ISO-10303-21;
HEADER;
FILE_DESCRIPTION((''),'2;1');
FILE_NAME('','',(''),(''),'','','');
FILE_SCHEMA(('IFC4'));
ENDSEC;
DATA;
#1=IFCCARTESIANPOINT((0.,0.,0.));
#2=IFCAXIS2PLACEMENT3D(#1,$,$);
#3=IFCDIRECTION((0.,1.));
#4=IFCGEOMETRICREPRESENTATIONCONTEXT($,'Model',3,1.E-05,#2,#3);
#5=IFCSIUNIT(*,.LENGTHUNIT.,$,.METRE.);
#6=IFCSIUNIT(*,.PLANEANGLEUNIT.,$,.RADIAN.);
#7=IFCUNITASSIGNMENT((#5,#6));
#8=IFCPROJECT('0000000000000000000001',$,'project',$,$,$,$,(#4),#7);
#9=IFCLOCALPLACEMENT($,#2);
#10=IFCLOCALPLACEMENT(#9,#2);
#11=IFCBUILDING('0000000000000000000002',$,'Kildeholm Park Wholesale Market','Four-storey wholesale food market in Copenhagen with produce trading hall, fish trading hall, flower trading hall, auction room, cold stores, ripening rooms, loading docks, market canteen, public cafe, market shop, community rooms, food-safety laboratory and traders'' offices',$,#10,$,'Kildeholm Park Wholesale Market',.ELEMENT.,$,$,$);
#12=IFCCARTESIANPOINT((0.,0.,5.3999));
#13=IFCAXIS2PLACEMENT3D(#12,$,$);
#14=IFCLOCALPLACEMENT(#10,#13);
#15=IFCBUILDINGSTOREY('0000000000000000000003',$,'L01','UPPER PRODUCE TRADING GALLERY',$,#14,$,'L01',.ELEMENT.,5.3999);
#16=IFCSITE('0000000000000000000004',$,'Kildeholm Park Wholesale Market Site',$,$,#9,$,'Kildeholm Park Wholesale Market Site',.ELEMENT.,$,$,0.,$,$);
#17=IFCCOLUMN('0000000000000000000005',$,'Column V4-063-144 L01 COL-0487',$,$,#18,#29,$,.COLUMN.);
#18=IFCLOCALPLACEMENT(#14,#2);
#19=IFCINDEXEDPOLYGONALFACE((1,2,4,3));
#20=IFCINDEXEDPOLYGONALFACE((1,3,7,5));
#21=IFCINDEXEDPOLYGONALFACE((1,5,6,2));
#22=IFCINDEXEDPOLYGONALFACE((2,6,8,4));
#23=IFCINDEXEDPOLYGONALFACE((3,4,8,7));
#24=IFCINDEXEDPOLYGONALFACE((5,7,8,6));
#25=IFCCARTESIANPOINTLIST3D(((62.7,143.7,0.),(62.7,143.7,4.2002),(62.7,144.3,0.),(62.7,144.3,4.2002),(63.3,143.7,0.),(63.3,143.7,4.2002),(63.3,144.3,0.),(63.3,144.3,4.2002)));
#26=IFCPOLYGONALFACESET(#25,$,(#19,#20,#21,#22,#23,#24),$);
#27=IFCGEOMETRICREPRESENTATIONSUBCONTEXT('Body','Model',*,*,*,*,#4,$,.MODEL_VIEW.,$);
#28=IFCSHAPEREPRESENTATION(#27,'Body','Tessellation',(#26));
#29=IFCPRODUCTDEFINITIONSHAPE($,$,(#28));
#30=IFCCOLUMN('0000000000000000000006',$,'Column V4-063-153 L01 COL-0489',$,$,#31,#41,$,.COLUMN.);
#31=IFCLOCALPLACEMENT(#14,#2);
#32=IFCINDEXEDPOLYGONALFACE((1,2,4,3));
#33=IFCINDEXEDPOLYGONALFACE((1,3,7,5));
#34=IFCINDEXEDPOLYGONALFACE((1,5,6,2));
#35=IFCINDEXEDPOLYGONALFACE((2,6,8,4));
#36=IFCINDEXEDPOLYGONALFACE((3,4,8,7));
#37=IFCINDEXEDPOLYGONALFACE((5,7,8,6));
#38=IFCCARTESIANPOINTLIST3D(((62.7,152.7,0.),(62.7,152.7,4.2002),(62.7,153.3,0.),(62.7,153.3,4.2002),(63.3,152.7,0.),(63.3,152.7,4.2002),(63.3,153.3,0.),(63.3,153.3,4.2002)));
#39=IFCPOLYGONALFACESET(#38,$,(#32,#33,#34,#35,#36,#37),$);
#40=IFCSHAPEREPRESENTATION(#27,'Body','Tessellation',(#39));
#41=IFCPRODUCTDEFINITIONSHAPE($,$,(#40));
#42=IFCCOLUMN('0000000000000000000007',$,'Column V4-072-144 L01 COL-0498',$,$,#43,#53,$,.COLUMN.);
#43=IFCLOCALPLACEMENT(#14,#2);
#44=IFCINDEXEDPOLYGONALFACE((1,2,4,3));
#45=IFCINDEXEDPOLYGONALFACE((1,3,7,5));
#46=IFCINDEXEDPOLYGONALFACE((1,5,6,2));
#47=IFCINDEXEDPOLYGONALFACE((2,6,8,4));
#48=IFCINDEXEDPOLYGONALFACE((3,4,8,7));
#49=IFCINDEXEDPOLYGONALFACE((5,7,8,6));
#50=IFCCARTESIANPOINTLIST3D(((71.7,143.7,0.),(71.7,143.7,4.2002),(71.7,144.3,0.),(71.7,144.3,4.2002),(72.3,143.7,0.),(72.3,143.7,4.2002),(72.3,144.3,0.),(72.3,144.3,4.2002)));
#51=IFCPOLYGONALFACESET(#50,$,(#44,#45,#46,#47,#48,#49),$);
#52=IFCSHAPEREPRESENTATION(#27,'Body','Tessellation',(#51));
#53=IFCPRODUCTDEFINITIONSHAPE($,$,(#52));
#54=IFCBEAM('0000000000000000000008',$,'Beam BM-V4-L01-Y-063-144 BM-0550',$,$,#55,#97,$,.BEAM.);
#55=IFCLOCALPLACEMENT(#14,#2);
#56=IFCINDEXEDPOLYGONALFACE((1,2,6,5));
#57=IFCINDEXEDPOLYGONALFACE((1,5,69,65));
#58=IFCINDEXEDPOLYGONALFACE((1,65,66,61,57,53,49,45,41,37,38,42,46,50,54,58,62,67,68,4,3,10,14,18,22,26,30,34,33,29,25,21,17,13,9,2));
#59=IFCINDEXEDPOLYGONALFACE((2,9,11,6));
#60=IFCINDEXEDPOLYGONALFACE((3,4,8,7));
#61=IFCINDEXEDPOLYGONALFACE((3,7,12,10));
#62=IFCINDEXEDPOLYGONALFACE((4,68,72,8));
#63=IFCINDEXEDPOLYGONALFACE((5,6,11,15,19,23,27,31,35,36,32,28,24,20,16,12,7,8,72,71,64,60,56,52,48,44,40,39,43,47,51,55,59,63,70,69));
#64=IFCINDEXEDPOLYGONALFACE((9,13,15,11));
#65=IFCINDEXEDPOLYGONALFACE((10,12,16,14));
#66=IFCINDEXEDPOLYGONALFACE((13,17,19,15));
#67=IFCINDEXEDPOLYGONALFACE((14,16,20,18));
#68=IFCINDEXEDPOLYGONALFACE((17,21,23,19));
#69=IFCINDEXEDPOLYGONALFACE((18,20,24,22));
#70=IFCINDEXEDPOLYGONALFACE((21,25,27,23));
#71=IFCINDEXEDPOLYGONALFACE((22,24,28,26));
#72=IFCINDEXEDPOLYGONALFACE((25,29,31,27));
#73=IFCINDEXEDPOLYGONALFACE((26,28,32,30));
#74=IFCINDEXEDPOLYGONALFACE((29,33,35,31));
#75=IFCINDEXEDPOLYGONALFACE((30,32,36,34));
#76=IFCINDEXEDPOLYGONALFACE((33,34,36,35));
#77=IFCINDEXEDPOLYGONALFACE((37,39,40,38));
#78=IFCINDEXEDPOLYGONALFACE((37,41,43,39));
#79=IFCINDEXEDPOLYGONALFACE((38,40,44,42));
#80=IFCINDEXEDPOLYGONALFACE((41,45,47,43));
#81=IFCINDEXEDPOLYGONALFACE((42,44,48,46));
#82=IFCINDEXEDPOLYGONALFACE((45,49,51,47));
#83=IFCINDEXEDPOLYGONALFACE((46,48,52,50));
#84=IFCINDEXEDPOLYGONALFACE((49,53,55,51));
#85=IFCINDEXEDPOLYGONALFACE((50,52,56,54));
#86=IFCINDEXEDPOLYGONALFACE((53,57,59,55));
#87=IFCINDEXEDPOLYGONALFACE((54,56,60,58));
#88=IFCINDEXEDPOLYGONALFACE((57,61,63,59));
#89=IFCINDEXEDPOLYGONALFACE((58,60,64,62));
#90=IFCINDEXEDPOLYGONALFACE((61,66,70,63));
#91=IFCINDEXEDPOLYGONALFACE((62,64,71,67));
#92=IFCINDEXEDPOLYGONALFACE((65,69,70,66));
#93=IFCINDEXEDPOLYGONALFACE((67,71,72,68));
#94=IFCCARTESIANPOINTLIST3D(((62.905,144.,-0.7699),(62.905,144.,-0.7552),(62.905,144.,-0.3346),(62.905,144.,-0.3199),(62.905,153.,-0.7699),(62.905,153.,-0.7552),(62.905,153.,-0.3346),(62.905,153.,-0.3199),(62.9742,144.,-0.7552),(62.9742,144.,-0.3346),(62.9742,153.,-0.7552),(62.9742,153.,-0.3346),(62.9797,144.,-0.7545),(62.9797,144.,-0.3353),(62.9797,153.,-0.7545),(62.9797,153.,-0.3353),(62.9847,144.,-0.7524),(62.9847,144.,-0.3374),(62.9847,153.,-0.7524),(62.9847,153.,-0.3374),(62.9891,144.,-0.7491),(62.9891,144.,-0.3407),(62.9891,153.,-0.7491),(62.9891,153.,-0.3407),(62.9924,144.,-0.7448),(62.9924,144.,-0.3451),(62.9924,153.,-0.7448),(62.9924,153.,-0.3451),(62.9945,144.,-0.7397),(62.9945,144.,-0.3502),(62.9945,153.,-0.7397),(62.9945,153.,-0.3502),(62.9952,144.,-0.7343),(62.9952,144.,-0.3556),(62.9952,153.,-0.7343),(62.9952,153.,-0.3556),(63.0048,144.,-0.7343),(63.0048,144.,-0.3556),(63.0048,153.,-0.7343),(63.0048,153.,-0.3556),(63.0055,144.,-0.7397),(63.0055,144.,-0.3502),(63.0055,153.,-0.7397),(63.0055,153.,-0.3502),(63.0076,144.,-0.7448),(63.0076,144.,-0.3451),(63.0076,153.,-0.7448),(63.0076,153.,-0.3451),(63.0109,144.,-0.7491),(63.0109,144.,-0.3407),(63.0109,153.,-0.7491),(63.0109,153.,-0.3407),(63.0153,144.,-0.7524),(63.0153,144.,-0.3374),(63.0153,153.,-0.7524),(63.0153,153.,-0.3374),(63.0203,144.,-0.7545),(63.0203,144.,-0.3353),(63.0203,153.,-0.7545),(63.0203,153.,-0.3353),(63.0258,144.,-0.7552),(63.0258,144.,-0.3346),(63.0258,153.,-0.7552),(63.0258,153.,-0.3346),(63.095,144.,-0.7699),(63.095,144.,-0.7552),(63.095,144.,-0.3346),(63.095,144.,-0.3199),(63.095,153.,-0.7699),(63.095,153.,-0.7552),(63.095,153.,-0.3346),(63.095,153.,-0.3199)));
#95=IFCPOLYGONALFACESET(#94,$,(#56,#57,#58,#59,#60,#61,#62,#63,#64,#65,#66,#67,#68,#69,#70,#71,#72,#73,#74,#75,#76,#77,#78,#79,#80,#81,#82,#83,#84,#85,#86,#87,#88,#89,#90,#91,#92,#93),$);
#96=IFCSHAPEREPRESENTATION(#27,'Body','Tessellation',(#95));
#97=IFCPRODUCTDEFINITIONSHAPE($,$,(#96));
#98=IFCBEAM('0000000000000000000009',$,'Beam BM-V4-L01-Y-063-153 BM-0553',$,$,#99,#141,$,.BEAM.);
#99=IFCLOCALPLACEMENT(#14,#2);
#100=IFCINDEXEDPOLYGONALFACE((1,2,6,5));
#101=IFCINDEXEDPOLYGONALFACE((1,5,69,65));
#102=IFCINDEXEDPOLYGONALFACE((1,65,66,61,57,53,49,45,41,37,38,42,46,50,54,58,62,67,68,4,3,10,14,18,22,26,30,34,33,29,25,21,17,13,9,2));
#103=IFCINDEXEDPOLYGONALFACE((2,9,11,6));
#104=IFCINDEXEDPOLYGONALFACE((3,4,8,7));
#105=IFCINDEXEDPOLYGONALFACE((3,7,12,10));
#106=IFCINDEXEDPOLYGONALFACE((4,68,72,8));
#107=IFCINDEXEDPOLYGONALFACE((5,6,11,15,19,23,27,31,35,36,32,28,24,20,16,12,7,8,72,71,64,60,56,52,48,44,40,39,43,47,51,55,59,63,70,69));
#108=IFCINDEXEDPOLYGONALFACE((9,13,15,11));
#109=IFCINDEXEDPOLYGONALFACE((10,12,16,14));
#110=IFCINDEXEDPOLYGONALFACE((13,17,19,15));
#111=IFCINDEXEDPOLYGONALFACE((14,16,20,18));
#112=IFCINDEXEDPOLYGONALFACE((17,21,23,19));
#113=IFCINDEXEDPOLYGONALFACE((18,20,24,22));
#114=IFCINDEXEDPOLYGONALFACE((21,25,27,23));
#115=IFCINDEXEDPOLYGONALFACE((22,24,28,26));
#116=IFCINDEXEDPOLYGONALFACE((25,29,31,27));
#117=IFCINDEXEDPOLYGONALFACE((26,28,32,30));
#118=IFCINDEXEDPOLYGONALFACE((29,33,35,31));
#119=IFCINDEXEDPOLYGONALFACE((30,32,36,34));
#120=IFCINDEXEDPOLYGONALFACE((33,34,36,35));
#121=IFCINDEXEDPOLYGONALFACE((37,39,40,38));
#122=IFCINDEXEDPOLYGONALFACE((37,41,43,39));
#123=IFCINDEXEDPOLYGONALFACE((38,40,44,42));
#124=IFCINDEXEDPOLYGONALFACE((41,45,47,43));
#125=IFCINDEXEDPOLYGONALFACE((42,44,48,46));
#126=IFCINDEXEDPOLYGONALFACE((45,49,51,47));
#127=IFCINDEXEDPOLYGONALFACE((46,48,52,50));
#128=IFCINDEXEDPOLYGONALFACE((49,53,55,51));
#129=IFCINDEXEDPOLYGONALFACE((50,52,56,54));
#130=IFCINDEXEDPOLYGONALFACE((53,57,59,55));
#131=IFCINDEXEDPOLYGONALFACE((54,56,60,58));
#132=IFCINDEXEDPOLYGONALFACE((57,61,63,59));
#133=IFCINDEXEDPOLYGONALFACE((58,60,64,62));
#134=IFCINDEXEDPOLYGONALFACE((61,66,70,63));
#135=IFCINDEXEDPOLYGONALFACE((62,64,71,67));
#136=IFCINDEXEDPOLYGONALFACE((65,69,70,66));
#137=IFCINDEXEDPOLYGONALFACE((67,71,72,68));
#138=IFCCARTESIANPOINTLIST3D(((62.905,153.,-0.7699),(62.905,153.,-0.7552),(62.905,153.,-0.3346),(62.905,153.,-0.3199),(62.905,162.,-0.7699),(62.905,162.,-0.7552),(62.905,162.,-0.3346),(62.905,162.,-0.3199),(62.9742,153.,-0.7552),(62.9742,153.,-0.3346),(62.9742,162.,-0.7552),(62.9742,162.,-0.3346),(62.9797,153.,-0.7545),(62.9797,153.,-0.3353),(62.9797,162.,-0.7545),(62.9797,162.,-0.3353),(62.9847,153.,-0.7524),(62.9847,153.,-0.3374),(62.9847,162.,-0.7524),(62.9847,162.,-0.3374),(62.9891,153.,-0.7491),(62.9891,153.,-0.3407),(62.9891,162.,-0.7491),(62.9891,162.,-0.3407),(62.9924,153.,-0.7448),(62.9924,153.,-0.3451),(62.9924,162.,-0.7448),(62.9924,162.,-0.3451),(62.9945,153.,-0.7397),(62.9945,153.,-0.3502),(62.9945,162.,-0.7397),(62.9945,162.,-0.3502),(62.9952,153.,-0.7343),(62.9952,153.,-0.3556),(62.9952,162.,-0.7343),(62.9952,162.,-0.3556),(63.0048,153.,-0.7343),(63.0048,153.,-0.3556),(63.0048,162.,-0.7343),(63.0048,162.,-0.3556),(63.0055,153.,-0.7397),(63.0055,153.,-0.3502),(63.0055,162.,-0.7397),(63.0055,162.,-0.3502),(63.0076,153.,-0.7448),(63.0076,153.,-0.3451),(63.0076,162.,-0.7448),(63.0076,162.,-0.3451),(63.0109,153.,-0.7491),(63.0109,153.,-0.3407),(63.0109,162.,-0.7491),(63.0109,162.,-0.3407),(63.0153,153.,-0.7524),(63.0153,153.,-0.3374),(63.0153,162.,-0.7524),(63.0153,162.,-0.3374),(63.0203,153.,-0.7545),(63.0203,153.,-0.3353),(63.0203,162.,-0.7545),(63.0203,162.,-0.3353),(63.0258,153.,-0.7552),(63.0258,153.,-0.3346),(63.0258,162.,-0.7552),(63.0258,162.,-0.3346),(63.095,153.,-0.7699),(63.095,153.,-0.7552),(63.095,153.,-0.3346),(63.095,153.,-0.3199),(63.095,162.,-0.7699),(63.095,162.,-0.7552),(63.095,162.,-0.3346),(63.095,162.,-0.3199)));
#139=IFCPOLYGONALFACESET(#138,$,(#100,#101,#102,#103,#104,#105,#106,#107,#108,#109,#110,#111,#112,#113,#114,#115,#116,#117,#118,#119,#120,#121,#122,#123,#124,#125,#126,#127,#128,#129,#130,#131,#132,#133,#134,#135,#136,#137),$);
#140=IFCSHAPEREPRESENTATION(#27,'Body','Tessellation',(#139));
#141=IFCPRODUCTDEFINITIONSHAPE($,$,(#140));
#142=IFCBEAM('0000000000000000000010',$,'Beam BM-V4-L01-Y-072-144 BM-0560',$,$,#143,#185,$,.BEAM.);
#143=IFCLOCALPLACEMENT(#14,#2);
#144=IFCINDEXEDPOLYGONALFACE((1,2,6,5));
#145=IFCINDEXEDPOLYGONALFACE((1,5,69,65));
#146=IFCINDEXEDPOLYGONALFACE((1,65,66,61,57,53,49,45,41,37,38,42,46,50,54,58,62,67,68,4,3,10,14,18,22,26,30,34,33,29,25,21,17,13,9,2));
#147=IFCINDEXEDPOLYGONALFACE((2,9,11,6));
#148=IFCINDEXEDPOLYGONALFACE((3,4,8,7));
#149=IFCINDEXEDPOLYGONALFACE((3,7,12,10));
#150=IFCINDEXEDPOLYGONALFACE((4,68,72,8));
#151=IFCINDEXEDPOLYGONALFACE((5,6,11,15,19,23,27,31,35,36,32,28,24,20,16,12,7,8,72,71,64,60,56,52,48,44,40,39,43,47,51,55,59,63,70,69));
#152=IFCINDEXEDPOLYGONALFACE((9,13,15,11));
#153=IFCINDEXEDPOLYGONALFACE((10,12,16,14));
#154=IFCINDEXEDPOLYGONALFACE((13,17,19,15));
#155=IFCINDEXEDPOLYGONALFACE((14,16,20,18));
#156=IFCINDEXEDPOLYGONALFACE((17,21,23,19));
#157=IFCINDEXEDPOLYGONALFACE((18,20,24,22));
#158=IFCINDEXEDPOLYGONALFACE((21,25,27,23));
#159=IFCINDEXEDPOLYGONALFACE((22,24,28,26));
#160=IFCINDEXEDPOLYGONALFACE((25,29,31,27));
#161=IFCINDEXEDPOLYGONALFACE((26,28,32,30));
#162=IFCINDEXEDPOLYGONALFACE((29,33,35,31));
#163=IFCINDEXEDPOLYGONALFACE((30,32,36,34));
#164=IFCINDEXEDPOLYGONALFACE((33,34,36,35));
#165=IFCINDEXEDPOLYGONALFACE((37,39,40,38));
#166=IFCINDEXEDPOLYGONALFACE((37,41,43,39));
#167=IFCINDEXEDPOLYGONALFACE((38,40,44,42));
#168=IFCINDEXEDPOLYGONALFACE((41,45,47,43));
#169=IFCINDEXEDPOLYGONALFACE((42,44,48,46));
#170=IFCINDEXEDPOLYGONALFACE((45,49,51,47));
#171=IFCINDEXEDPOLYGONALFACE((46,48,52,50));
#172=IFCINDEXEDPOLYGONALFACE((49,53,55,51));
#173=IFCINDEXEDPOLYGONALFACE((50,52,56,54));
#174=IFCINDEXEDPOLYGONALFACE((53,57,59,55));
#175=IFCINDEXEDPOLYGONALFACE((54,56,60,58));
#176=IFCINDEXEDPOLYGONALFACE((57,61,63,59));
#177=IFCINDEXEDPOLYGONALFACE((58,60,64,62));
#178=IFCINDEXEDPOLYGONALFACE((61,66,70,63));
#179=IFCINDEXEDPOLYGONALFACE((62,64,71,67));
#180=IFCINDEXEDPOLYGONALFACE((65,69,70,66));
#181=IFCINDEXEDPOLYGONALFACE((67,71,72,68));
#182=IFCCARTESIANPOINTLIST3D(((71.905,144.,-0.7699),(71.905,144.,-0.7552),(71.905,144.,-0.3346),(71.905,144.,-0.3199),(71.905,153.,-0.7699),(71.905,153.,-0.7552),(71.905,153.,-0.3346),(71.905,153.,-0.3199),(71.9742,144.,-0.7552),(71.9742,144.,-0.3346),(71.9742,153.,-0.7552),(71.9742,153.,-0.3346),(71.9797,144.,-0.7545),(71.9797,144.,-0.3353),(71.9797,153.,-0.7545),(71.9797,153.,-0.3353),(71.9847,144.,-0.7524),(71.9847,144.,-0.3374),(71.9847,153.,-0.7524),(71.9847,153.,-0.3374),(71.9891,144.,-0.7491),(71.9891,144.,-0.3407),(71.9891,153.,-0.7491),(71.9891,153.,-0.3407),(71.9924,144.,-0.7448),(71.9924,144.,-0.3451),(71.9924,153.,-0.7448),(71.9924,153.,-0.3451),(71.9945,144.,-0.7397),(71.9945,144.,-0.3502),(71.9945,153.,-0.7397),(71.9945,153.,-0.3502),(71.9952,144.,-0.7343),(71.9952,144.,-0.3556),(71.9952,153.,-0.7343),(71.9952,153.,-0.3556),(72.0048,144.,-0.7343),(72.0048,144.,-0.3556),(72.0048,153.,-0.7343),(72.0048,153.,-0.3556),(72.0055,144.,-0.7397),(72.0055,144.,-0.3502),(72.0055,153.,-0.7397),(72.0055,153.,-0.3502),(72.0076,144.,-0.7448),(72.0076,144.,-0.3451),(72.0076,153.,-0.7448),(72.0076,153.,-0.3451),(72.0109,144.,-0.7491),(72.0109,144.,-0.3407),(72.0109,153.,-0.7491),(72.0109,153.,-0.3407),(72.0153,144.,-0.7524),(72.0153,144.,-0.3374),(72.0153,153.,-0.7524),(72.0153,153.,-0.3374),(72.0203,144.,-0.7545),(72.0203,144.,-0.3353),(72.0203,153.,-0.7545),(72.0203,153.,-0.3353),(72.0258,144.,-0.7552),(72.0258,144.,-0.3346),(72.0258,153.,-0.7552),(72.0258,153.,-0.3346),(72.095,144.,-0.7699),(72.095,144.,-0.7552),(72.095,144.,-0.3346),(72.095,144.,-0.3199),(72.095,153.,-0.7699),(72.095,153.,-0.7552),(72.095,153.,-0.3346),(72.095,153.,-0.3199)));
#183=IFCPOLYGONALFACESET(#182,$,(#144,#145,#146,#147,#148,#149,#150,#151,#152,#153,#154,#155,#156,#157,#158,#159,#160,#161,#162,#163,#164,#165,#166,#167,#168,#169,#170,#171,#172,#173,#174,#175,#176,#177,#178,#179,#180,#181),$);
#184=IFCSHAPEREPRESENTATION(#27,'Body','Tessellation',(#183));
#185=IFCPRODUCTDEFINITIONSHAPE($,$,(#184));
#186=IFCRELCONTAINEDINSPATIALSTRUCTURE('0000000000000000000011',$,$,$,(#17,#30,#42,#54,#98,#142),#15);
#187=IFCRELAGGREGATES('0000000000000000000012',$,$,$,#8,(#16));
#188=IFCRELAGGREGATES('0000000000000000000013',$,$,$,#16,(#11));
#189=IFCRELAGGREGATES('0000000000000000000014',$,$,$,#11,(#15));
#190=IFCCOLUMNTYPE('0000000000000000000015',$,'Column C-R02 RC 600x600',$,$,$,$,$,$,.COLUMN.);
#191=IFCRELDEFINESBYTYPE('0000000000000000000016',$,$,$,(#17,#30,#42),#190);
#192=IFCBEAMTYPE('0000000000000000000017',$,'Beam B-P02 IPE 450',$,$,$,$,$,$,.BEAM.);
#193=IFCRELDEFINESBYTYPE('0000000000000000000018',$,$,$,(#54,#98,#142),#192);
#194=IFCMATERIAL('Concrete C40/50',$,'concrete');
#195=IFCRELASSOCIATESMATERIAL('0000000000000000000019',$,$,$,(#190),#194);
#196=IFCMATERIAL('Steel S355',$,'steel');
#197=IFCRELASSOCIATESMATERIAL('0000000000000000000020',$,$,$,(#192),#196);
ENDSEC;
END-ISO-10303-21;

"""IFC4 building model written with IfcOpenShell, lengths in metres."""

from ifc_helpers import new_model, si_unit, direction, frame, origin, origin_2d, place, context, subcontext, project, spatial, rectangle, i_section, extrude, material, material_profile, profile_set, type_object, element, save


model = new_model("IFC4")

# Units and contexts
model_context = context("Model", 3, precision=1e-05, world=origin(), true_north=direction((0.0, 1.0)))
body_context = subcontext(model_context, "Body", "Model", "MODEL_VIEW")
ifc_project = project(units=[si_unit("LENGTHUNIT", "METRE"), si_unit("PLANEANGLEUNIT", "RADIAN")], contexts=[model_context])

# Site, building, storey
site_placement = place(None, origin())
site = spatial("IfcSite", under=ifc_project, at=site_placement, Name="Kildeholm Park Wholesale Market Site", LongName="Kildeholm Park Wholesale Market Site", CompositionType="ELEMENT", RefElevation=0.0)
building_placement = place(site_placement, origin())
building = spatial("IfcBuilding", under=site, at=building_placement, Name="Kildeholm Park Wholesale Market", Description="Four-storey wholesale food market in Copenhagen with produce trading hall, fish trading hall, flower trading hall, auction room, cold stores, ripening rooms, loading docks, market canteen, public cafe, market shop, community rooms, food-safety laboratory and traders' offices", LongName="Kildeholm Park Wholesale Market", CompositionType="ELEMENT")
storey_placement = place(building_placement, frame((0.0, 0.0, 5.3999)))
storey = spatial("IfcBuildingStorey", under=building, at=storey_placement, Name="L01", Description="UPPER PRODUCE TRADING GALLERY", LongName="L01", CompositionType="ELEMENT", Elevation=5.3999)

# Columns
ifc_material_1 = material(Name="Concrete C40/50", Category="concrete")
ifc_material_profile_1 = material_profile(ifc_material_1, rectangle(XDim=0.6001, YDim=0.6001, at=origin_2d()), Name="RC 600x600")
ifc_profile_set_1 = profile_set([ifc_material_profile_1], Name="Concrete C40/50")
column_type = type_object("IfcColumnType", Name="Column C-R02 RC 600x600", PredefinedType="COLUMN", material=ifc_profile_set_1)
for number, where, z_axis, x_axis, name in (
    (1, (63.0, 144.0, 0.0), (0.0, 0.0, 1.0), (1.0, 0.0, 0.0), "Column V4-063-144 L01 COL-0487"),
    (2, (63.0, 153.0, 0.0), (0.0, 0.0, 1.0), (1.0, 0.0, 0.0), "Column V4-063-153 L01 COL-0489"),
    (3, (72.0, 144.0, 0.0), (0.0, 0.0, 1.0), (1.0, 0.0, 0.0), "Column V4-072-144 L01 COL-0498"),
):
    element("IfcColumn", number, at=place(storey_placement, frame(where, z_axis=z_axis, x_axis=x_axis)), inside=storey, type_object=column_type, Name=name, PredefinedType="COLUMN", context=body_context, shape_type="SweptSolid", body=[
        extrude(rectangle(XDim=0.6001, YDim=0.6001, at=origin_2d()), origin(), (0.0, 0.0, 1.0), 4.2002),
    ])

# Beams
ifc_material_2 = material(Name="Steel S355", Category="steel")
ifc_material_profile_2 = material_profile(ifc_material_2, i_section(OverallWidth=0.1899, OverallDepth=0.45, WebThickness=0.0095, FlangeThickness=0.0146, FilletRadius=0.021, at=origin_2d()), Name="IPE 450")
ifc_profile_set_2 = profile_set([ifc_material_profile_2], Name="Steel S355")
beam_type_1 = type_object("IfcBeamType", Name="Beam B-P02 IPE 450", PredefinedType="BEAM", material=ifc_profile_set_2)
for number, where, z_axis, x_axis, name in (
    (4, (63.0, 144.0, -0.5449), (0.0, 1.0, 0.0), (-1.0, 0.0, 0.0), "Beam BM-V4-L01-Y-063-144 BM-0550"),
    (5, (63.0, 153.0, -0.5449), (0.0, 1.0, 0.0), (-1.0, 0.0, 0.0), "Beam BM-V4-L01-Y-063-153 BM-0553"),
    (6, (72.0, 144.0, -0.5449), (0.0, 1.0, 0.0), (-1.0, 0.0, 0.0), "Beam BM-V4-L01-Y-072-144 BM-0560"),
):
    element("IfcBeam", number, at=place(storey_placement, frame(where, z_axis=z_axis, x_axis=x_axis)), inside=storey, type_object=beam_type_1, Name=name, PredefinedType="BEAM", context=body_context, shape_type="SweptSolid", body=[
        extrude(i_section(OverallWidth=0.1899, OverallDepth=0.45, WebThickness=0.0095, FlangeThickness=0.0146, FilletRadius=0.021, at=origin_2d()), origin(), (0.0, 0.0, 1.0), 9.0),
    ])

save(model, "model.ifc")
